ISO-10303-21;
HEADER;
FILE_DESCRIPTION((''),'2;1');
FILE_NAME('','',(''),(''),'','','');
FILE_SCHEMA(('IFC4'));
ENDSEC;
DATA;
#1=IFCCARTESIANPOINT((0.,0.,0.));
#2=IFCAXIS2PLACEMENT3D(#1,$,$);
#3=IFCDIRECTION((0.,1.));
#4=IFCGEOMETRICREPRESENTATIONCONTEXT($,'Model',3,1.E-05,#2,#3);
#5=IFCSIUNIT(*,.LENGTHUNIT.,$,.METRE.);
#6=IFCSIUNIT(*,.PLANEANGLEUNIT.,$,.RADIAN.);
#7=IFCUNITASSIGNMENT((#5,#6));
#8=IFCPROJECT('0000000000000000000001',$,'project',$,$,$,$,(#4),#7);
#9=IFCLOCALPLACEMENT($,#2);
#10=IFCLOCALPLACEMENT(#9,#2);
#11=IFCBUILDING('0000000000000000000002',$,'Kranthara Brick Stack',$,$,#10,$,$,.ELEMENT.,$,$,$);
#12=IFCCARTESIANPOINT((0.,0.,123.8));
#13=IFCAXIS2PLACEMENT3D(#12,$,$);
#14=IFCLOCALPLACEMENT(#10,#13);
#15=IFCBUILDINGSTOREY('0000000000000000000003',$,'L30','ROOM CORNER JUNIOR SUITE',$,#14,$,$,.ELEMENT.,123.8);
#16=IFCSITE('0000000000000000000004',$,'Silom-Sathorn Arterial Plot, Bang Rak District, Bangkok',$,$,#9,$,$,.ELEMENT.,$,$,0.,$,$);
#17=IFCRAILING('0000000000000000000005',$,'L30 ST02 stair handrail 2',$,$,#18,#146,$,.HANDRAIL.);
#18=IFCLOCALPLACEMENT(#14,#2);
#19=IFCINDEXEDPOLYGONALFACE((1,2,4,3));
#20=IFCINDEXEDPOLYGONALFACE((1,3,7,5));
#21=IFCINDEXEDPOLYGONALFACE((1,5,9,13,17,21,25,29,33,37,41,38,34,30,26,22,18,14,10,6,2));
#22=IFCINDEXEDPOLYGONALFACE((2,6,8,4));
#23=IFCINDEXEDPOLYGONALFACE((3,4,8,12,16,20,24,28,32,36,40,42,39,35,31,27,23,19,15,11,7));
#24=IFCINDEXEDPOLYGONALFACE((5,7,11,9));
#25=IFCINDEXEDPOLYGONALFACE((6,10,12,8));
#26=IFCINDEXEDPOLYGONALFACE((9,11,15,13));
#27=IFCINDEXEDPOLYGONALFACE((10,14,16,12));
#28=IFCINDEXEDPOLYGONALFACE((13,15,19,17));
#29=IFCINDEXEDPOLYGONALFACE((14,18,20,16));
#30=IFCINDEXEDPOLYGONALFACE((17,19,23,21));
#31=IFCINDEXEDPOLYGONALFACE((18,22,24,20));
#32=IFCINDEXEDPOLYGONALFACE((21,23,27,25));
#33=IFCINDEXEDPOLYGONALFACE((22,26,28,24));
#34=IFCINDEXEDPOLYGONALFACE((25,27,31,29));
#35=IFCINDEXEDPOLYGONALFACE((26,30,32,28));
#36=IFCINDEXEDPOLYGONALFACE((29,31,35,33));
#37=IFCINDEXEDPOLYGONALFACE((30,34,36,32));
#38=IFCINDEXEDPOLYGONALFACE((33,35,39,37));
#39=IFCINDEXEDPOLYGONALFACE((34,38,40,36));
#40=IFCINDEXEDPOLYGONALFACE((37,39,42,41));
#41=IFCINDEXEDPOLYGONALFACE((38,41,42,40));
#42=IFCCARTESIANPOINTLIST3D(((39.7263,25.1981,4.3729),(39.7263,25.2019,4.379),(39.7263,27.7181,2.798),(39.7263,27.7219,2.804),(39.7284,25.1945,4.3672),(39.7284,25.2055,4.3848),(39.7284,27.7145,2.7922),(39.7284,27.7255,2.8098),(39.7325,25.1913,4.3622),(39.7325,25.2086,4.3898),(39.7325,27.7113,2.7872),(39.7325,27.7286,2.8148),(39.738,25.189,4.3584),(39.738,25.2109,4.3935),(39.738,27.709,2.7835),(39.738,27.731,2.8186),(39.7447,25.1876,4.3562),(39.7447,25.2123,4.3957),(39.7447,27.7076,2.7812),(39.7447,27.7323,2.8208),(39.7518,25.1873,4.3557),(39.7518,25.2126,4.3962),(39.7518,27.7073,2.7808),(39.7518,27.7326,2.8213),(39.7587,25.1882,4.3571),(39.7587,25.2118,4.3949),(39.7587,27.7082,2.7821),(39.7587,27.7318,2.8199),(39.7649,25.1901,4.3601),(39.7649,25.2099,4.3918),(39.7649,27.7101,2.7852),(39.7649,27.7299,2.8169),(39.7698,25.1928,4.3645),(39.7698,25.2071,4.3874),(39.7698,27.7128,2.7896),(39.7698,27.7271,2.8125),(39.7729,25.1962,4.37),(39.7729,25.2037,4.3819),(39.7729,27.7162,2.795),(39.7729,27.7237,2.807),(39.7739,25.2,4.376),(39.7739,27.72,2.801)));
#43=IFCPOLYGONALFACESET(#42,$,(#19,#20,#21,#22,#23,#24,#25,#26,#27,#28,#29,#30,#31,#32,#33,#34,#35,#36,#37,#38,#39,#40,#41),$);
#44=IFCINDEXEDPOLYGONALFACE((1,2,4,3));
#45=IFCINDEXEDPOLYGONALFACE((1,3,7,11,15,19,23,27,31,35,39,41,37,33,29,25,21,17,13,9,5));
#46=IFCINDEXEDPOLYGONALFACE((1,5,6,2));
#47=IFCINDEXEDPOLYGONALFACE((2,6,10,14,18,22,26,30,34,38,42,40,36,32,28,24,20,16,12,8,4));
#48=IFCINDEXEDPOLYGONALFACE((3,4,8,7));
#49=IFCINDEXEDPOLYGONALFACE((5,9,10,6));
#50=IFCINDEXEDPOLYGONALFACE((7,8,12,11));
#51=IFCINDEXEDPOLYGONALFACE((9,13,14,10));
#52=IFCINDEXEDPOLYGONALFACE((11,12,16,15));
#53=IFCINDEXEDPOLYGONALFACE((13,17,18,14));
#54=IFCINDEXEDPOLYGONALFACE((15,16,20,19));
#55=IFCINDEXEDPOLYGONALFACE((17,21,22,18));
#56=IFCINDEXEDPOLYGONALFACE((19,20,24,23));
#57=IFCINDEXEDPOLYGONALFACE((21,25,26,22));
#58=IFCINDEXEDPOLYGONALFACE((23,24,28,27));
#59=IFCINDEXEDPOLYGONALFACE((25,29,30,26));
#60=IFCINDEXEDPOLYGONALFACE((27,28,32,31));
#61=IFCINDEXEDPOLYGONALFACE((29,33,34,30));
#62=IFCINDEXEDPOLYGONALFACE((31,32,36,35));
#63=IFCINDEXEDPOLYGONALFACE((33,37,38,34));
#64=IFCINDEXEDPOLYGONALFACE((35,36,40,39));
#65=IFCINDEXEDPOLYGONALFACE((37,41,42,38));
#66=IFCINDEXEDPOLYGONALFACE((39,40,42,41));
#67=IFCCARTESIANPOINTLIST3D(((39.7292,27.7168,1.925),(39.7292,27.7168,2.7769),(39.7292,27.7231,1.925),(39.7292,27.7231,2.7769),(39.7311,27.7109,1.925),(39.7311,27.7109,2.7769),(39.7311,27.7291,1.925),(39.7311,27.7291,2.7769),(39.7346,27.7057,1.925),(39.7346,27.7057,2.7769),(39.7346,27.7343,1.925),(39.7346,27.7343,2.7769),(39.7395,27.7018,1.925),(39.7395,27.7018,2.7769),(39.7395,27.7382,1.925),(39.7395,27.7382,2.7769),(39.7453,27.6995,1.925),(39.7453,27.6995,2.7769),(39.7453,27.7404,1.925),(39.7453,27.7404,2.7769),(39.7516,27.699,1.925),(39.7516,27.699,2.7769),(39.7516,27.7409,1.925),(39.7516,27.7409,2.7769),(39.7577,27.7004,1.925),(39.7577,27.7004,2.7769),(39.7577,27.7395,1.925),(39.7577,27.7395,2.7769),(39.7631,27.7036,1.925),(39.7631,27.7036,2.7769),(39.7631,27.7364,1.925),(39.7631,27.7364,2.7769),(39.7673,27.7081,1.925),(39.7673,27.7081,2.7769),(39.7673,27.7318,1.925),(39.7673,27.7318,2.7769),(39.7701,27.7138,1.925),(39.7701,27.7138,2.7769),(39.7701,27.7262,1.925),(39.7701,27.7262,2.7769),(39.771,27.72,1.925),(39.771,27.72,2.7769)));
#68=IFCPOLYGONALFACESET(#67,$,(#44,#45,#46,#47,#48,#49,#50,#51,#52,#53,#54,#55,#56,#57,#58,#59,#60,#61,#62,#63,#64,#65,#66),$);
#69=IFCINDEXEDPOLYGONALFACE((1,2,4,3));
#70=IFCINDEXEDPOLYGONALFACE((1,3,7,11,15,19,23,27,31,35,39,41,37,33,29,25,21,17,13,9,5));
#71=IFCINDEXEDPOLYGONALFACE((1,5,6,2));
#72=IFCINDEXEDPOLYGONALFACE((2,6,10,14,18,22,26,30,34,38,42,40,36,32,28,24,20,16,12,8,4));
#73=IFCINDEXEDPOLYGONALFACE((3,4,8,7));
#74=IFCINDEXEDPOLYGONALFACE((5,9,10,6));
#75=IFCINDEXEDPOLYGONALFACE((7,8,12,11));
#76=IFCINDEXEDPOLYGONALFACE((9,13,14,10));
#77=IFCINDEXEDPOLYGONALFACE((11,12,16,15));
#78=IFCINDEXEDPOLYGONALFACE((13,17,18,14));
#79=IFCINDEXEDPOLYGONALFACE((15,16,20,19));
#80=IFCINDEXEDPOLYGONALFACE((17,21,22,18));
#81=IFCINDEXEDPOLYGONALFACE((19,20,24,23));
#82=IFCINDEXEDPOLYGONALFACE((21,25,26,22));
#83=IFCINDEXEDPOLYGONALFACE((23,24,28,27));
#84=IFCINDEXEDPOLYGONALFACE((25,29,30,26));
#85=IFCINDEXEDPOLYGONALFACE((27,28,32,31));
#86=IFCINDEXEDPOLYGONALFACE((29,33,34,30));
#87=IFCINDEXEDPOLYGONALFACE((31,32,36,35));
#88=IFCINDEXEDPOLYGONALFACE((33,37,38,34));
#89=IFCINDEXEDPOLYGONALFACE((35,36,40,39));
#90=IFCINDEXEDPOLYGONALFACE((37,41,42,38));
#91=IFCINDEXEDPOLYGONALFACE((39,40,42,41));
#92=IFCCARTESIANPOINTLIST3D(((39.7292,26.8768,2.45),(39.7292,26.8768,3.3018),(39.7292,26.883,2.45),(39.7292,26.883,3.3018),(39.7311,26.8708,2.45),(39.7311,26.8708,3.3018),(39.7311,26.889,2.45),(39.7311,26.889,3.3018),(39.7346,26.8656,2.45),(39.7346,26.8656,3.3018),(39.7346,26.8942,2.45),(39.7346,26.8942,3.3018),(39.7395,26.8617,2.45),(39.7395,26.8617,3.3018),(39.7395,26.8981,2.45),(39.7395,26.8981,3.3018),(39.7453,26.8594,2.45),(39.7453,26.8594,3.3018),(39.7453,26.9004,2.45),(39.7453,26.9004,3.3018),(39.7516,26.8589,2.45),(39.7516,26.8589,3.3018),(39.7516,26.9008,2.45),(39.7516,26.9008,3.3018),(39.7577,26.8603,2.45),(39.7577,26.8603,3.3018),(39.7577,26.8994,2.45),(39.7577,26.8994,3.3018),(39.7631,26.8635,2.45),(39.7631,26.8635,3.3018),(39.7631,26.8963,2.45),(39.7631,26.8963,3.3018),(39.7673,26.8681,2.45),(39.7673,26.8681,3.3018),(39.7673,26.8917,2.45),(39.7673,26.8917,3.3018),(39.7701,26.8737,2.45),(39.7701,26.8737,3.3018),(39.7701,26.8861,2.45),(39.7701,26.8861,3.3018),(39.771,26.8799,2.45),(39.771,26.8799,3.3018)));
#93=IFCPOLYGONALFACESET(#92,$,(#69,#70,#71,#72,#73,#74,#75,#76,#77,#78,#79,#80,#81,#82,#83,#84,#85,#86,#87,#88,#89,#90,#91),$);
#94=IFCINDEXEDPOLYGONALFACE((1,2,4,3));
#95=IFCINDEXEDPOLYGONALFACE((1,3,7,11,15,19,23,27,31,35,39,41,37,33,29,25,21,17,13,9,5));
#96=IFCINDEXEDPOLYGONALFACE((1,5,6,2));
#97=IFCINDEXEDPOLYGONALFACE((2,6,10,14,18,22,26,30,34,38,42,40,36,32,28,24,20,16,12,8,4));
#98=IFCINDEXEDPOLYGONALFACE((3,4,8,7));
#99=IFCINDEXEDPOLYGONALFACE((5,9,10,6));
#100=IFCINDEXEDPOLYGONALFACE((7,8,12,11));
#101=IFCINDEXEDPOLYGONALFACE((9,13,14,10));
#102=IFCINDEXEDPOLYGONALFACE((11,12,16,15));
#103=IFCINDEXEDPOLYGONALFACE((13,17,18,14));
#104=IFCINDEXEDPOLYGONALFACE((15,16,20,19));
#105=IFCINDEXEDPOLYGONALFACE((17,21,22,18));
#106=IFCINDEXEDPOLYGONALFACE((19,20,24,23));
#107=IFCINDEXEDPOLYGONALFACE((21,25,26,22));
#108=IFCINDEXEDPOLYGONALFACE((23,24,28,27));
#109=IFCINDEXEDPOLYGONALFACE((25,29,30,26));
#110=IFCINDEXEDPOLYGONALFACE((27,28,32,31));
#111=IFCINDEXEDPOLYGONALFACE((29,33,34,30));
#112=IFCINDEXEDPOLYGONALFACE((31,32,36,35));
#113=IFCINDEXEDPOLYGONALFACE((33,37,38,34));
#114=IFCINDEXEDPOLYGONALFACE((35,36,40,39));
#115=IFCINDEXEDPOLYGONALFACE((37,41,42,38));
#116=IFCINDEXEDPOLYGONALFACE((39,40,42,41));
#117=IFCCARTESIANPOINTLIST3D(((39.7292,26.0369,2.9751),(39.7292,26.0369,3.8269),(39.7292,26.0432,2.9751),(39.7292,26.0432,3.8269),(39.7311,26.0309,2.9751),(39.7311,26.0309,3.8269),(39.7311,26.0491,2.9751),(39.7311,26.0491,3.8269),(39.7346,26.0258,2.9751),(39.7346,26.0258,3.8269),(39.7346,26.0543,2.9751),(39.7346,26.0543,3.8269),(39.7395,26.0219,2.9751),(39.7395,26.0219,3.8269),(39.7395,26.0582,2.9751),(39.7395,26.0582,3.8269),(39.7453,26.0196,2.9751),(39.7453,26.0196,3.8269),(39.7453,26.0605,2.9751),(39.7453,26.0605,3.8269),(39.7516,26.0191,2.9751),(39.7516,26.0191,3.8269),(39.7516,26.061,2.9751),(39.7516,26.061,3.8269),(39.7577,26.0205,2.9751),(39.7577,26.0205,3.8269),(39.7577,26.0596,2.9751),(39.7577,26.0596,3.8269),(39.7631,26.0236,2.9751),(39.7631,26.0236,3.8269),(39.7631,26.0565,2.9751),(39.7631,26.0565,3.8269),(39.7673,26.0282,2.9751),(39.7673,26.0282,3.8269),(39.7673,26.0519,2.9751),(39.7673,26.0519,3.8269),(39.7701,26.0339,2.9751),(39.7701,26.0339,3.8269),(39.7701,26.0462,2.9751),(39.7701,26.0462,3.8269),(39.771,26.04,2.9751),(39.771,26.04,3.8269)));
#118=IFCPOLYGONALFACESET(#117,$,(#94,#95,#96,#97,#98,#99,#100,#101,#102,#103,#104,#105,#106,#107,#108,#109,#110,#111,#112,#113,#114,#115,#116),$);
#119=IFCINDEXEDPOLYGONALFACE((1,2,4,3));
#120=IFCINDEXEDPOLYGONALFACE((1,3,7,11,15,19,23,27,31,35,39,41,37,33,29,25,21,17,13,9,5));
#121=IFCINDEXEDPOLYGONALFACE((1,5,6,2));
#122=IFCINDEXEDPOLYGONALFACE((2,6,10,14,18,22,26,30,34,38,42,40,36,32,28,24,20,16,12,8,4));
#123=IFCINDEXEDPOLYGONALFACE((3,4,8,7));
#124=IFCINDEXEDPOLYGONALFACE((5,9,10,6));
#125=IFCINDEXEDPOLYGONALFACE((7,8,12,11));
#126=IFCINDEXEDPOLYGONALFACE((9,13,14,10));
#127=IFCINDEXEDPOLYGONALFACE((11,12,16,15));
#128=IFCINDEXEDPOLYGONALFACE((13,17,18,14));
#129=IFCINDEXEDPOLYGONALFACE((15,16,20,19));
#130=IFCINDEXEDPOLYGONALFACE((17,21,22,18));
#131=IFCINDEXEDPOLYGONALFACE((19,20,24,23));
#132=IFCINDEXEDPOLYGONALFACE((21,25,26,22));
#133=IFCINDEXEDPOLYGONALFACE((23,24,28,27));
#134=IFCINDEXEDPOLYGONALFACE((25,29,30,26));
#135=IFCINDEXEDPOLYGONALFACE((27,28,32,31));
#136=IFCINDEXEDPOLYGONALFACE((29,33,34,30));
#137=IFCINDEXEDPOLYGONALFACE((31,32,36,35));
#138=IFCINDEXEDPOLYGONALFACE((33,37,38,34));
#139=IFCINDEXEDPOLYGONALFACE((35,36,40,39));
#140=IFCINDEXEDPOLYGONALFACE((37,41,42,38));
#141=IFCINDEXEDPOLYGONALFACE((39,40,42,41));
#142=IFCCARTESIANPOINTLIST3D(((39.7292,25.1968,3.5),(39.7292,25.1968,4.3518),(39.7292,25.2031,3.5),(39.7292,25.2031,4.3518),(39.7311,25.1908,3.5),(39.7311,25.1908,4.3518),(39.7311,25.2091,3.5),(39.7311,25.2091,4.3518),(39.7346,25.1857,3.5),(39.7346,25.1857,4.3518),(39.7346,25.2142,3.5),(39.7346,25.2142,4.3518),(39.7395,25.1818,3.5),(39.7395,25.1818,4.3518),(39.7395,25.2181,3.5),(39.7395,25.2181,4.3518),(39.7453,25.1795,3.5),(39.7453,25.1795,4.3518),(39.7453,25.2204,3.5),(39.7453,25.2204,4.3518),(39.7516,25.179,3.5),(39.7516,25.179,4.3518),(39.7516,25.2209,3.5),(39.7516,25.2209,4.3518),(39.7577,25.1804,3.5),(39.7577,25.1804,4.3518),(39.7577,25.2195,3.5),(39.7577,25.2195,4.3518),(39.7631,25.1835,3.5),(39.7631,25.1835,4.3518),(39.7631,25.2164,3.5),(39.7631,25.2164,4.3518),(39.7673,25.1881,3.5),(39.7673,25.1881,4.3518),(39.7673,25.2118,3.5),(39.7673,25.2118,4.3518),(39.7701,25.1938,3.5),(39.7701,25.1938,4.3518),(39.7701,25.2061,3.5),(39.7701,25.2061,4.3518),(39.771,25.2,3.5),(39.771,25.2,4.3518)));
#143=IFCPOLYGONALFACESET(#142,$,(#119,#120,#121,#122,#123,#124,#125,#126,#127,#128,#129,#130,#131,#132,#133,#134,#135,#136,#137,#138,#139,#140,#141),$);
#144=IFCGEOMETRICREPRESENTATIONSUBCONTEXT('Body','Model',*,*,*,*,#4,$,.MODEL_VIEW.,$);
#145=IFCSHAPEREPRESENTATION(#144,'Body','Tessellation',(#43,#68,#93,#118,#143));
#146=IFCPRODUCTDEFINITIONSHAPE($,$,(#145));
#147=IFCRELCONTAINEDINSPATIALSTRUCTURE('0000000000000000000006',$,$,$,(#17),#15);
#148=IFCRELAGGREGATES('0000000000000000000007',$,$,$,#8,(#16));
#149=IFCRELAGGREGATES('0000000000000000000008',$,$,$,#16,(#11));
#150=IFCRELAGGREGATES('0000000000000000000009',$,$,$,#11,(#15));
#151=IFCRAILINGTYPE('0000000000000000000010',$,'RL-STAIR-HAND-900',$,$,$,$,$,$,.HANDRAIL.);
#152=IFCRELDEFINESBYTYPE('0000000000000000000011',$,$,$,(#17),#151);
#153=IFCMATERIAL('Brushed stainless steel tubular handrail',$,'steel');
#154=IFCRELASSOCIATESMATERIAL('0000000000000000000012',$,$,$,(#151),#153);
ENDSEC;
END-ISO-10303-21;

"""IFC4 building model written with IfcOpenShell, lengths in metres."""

from ifc_helpers import new_model, si_unit, direction, frame, origin, origin_2d, place, context, subcontext, project, spatial, circle, extrude, material, type_object, element, save


model = new_model("IFC4")

# Units and contexts
model_context = context("Model", 3, precision=1e-05, world=origin(), true_north=direction((0.0, 1.0)))
body_context = subcontext(model_context, "Body", "Model", "MODEL_VIEW")
ifc_project = project(units=[si_unit("LENGTHUNIT", "METRE"), si_unit("PLANEANGLEUNIT", "RADIAN")], contexts=[model_context])

# Site, building, storey
site_placement = place(None, origin())
site = spatial("IfcSite", under=ifc_project, at=site_placement, Name="Silom-Sathorn Arterial Plot, Bang Rak District, Bangkok", CompositionType="ELEMENT", RefElevation=0.0)
building_placement = place(site_placement, origin())
building = spatial("IfcBuilding", under=site, at=building_placement, Name="Kranthara Brick Stack", CompositionType="ELEMENT")
storey_placement = place(building_placement, frame((0.0, 0.0, 123.8)))
storey = spatial("IfcBuildingStorey", under=building, at=storey_placement, Name="L30", Description="ROOM CORNER JUNIOR SUITE", CompositionType="ELEMENT", Elevation=123.8)

# Railing
ifc_material_1 = material(Name="Brushed stainless steel tubular handrail", Category="steel")
railing_type_1 = type_object("IfcRailingType", Name="RL-STAIR-HAND-900", PredefinedType="HANDRAIL", material=ifc_material_1)
railing_1_placement = place(storey_placement, frame((39.75, 27.72, 1.925)))
element("IfcRailing", 1, at=railing_1_placement, inside=storey, type_object=railing_type_1, Name="L30 ST02 stair handrail 2", PredefinedType="HANDRAIL", context=body_context, shape_type="SweptSolid", body=[
    extrude(circle(Radius=0.0239, at=origin_2d()), frame((0.0, 0.0, 0.876), z_axis=(0.0, -0.848008, 0.529984), x_axis=(1.0, 0.0, 0.0)), (0.0, 0.0, 1.0), 2.9717),
    extrude(circle(Radius=0.021, at=origin_2d()), origin(), (0.0, 0.0, 1.0), 0.8518),
    extrude(circle(Radius=0.021, at=origin_2d()), frame((0.0, -0.8401, 0.5249)), (0.0, 0.0, 1.0), 0.8518),
    extrude(circle(Radius=0.021, at=origin_2d()), frame((0.0, -1.6799, 1.05)), (0.0, 0.0, 1.0), 0.8518),
    extrude(circle(Radius=0.021, at=origin_2d()), frame((0.0, -2.52, 1.575)), (0.0, 0.0, 1.0), 0.8518),
])

save(model, "model.ifc")
